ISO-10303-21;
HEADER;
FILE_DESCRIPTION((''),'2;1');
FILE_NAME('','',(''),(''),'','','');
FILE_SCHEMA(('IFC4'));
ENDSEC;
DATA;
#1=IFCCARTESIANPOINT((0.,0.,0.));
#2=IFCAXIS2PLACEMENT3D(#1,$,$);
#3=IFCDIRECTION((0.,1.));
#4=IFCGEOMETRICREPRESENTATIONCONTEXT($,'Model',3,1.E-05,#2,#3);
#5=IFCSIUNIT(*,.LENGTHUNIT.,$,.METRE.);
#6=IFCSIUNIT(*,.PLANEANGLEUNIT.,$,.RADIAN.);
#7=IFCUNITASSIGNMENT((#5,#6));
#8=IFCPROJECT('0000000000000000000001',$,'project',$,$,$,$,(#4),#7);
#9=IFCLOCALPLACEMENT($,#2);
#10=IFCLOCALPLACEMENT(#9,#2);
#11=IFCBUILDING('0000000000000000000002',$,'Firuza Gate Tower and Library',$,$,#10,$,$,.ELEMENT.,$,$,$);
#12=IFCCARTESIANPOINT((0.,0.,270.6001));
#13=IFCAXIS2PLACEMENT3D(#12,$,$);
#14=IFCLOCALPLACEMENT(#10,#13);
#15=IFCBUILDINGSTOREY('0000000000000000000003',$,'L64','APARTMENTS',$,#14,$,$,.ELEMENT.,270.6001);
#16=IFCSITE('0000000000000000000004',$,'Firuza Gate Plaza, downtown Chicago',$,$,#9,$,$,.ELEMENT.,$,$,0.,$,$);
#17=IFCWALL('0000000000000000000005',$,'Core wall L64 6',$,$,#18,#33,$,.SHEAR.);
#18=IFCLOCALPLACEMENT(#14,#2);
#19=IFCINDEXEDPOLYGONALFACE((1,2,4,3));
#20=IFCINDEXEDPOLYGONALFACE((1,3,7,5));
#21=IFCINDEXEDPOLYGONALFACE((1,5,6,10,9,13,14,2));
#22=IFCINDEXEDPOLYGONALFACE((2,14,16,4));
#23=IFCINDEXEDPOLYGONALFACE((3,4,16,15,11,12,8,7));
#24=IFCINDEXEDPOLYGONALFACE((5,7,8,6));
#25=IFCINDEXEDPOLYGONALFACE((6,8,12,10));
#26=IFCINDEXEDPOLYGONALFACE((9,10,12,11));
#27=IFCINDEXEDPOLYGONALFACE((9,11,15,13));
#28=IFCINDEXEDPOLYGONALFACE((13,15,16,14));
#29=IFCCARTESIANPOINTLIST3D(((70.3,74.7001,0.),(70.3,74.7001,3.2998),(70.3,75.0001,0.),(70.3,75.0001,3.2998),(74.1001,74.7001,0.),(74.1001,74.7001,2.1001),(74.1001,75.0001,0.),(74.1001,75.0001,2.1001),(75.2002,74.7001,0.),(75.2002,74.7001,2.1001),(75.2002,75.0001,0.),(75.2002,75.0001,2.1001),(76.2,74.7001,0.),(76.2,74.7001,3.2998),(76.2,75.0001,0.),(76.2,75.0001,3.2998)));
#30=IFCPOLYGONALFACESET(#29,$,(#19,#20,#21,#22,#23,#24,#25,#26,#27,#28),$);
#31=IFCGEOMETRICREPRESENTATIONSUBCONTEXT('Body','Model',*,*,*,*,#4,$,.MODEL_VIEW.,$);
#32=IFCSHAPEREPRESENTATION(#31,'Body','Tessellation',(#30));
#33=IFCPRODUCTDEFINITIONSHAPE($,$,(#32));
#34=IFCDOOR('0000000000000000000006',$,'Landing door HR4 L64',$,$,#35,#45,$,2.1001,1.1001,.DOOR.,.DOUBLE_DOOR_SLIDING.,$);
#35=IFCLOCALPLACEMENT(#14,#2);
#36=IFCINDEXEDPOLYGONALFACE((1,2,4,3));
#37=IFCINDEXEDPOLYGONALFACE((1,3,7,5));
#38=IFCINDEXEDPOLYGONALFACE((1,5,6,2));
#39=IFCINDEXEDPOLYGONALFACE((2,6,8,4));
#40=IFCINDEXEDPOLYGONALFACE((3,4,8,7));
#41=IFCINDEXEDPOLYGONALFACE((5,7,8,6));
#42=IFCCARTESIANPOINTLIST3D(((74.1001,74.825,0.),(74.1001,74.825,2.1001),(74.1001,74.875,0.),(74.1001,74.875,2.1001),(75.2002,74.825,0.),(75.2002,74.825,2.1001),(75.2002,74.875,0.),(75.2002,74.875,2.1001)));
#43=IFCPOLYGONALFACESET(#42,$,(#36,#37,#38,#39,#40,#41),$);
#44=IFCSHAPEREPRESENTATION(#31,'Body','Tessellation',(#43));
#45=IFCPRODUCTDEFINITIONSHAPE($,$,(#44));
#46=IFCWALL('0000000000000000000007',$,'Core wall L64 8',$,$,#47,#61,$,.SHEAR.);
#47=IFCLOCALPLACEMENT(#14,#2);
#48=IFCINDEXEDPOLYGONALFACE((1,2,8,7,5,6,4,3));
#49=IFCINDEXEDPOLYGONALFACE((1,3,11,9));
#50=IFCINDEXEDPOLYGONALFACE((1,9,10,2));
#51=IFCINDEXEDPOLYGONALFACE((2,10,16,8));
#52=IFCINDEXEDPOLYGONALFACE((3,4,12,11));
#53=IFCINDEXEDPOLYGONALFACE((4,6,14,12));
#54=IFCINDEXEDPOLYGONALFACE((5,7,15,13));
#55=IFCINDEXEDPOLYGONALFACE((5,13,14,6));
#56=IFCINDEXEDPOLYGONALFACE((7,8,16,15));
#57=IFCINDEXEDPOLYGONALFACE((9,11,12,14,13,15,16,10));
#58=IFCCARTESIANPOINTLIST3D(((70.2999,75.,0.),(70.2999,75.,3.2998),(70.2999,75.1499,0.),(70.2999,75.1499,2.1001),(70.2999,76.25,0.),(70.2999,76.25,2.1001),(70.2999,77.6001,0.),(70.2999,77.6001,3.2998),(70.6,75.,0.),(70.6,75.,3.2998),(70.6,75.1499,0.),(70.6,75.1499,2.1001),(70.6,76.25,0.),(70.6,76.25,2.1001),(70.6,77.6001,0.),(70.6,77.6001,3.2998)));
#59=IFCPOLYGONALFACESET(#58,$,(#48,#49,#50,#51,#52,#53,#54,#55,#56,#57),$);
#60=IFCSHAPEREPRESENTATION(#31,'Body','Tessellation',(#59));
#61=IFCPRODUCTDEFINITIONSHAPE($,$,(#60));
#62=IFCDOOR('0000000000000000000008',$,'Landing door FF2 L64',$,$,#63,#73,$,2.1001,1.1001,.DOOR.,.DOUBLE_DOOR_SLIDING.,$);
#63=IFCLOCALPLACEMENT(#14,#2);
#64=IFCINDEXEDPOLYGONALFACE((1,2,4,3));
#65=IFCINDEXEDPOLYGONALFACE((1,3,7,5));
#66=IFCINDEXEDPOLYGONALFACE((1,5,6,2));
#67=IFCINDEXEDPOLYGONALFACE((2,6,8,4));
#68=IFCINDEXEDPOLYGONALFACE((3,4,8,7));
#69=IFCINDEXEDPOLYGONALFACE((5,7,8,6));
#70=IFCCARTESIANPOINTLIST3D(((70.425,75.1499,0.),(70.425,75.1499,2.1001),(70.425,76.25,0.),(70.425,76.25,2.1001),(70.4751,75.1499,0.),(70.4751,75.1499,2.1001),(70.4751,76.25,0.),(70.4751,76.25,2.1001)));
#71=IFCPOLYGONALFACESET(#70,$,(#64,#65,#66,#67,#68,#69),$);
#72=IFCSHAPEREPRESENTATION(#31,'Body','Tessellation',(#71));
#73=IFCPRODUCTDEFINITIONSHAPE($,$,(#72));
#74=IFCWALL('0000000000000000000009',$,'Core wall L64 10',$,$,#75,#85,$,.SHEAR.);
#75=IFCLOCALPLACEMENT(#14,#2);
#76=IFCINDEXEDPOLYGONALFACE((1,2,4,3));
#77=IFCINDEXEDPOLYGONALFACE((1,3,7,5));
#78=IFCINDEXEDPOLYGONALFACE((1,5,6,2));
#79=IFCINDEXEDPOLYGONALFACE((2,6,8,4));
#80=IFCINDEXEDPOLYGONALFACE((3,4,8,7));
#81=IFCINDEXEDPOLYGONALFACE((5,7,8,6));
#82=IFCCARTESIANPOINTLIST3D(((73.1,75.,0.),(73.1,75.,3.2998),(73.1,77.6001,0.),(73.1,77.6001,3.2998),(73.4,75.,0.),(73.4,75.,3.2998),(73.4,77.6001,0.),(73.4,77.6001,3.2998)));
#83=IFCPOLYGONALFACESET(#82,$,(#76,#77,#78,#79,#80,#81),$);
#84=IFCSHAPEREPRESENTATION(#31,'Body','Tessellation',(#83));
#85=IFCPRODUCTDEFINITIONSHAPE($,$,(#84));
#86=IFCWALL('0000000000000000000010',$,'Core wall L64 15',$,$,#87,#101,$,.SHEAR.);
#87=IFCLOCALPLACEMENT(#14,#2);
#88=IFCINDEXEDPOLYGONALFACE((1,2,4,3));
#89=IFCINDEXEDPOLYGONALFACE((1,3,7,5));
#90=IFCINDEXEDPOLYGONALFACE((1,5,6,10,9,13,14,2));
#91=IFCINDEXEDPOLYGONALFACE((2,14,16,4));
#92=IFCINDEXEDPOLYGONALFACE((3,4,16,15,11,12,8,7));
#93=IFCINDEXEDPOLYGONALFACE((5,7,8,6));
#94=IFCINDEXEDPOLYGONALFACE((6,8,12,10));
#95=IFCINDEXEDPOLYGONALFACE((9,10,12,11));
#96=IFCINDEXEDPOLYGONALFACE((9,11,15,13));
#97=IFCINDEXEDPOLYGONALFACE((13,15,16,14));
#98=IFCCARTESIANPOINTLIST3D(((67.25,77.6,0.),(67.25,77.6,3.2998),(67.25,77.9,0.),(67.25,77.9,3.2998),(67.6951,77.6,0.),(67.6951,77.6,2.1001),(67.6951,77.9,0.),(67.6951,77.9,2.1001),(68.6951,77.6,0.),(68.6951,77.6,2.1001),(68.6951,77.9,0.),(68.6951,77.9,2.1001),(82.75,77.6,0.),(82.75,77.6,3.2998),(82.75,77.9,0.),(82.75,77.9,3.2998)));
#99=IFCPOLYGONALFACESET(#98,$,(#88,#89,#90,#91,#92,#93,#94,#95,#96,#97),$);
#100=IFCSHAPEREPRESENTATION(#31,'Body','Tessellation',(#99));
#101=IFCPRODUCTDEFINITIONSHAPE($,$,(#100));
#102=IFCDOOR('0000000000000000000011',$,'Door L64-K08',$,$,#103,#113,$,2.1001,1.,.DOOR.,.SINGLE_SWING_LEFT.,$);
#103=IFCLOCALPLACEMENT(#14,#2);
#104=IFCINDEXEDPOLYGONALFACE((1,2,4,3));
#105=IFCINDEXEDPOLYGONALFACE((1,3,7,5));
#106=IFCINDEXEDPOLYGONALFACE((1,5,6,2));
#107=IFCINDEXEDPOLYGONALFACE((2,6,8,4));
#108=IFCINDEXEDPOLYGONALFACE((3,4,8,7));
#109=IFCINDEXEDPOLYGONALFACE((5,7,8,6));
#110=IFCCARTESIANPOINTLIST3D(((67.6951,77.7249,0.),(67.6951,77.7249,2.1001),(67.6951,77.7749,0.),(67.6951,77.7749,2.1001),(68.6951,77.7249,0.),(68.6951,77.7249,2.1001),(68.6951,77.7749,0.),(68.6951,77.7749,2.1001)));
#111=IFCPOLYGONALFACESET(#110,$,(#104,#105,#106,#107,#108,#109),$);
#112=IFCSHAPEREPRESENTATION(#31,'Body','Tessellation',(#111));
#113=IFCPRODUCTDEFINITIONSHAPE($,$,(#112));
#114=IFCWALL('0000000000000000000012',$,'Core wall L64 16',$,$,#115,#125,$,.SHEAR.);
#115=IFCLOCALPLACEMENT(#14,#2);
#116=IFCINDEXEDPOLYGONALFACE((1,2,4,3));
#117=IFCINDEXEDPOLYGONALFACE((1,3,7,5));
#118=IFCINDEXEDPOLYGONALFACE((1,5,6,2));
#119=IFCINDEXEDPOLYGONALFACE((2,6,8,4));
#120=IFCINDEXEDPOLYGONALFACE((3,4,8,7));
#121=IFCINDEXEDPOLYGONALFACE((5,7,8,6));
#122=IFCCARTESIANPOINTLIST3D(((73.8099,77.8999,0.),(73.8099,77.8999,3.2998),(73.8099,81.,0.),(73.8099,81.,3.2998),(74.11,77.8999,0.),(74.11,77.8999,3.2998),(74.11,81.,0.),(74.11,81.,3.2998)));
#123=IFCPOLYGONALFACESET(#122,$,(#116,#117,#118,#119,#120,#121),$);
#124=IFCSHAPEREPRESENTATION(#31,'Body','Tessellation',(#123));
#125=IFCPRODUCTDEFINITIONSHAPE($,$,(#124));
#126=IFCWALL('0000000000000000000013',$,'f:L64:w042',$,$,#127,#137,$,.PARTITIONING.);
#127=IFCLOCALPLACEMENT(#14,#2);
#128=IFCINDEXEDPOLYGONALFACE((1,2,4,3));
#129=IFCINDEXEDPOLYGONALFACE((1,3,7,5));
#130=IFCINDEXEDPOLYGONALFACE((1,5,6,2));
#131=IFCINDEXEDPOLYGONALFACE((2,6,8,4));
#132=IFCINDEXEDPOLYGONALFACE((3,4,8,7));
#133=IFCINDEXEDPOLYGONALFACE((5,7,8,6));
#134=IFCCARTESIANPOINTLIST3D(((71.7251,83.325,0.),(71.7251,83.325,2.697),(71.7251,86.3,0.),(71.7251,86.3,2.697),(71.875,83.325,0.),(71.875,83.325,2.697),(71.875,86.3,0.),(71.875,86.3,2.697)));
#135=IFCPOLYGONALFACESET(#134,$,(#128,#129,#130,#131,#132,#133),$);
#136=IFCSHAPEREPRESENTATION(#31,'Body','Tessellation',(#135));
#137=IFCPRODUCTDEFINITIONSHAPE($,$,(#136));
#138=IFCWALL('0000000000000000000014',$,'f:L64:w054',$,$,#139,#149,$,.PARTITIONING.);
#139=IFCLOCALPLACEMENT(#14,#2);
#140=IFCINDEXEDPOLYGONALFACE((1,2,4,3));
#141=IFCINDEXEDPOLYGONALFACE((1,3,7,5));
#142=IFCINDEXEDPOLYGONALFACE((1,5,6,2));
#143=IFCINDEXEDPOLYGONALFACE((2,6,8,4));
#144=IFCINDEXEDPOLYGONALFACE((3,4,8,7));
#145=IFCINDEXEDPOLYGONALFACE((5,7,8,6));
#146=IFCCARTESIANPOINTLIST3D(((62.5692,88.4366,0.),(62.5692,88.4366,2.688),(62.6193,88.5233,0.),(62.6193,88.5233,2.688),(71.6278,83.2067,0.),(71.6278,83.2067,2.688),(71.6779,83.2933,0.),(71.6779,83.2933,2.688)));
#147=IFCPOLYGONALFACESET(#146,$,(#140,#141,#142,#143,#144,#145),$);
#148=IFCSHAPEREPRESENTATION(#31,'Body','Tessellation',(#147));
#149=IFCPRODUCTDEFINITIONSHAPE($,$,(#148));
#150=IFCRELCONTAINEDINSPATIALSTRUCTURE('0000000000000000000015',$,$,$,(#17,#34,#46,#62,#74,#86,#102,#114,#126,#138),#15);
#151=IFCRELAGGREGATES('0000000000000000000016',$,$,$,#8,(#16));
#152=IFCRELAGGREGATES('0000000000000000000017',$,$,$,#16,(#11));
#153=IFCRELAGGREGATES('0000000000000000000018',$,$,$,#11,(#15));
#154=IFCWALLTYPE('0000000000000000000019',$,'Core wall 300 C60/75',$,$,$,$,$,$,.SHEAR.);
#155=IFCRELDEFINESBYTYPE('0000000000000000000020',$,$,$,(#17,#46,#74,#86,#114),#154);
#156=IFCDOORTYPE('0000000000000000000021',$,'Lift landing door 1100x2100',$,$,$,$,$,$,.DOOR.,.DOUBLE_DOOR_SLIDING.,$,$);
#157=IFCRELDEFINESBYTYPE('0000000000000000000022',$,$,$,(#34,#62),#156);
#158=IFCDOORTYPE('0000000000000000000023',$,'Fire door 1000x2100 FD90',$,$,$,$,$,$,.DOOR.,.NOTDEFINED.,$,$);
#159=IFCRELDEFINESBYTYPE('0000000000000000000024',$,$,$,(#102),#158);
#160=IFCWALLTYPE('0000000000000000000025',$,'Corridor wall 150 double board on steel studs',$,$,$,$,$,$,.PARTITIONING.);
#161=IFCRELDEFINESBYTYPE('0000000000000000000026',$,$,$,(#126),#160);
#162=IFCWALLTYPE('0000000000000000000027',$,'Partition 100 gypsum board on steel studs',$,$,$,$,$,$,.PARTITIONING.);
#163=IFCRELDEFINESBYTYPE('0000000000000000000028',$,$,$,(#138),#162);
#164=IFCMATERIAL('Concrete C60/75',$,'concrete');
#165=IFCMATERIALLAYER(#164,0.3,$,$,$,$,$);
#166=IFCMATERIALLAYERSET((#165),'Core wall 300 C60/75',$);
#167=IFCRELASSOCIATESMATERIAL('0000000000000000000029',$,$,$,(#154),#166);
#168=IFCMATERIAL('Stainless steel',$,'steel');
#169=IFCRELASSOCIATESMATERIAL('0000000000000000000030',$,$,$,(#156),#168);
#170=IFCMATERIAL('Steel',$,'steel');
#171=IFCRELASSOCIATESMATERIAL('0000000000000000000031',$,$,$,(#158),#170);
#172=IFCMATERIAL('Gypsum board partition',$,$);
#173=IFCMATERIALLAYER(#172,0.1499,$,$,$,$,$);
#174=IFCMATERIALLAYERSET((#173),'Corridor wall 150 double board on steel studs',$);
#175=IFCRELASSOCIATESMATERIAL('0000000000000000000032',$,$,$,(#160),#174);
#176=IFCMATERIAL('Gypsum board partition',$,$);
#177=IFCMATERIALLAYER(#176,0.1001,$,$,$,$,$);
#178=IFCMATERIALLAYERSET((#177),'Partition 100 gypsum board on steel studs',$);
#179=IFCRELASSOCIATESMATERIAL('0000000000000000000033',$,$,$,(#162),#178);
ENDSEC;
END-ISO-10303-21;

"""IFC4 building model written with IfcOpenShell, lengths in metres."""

from ifc_helpers import new_model, si_unit, direction, frame, frame_2d, origin, place, context, subcontext, project, spatial, rectangle, extrude, material, layer, layer_set, type_object, element, fill, save


model = new_model("IFC4")

# Units and contexts
model_context = context("Model", 3, precision=1e-05, world=origin(), true_north=direction((0.0, 1.0)))
body_context = subcontext(model_context, "Body", "Model", "MODEL_VIEW")
ifc_project = project(units=[si_unit("LENGTHUNIT", "METRE"), si_unit("PLANEANGLEUNIT", "RADIAN")], contexts=[model_context])

# Site, building, storey
site_placement = place(None, origin())
site = spatial("IfcSite", under=ifc_project, at=site_placement, Name="Firuza Gate Plaza, downtown Chicago", CompositionType="ELEMENT", RefElevation=0.0)
building_placement = place(site_placement, origin())
building = spatial("IfcBuilding", under=site, at=building_placement, Name="Firuza Gate Tower and Library", CompositionType="ELEMENT")
storey_placement = place(building_placement, frame((0.0, 0.0, 270.6001)))
storey = spatial("IfcBuildingStorey", under=building, at=storey_placement, Name="L64", Description="APARTMENTS", CompositionType="ELEMENT", Elevation=270.6001)

# Shared definitions
ifc_material_1 = material(Name="Concrete C60/75", Category="concrete")
ifc_layer_1 = layer(ifc_material_1, 0.3)
ifc_layer_set_1 = layer_set([ifc_layer_1], Name="Core wall 300 C60/75")
wall_type_1 = type_object("IfcWallType", Name="Core wall 300 C60/75", PredefinedType="SHEAR", material=ifc_layer_set_1)
ifc_material_2 = material(Name="Stainless steel", Category="steel")
door_type_1 = type_object("IfcDoorType", Name="Lift landing door 1100x2100", OperationType="DOUBLE_DOOR_SLIDING", PredefinedType="DOOR", material=ifc_material_2)

# Walls, openings, doors
wall_1_placement = place(storey_placement, frame((70.3, 74.8501, 0.0), z_axis=(0.0, 0.0, 1.0), x_axis=(1.0, 0.0, 0.0)))
wall_1 = element("IfcWall", 1, at=wall_1_placement, inside=storey, type_object=wall_type_1, Name="Core wall L64 6", PredefinedType="SHEAR", context=body_context, shape_type="SweptSolid", body=[
    extrude(rectangle(XDim=5.8999, YDim=0.3, at=frame_2d((2.95, 0.0))), origin(), (0.0, 0.0, 1.0), 3.2998),
])
opening_1_placement = place(wall_1_placement, frame((3.8, 0.0, 0.0)))
opening_1 = element("IfcOpeningElement", 2, at=opening_1_placement, cuts=wall_1, PredefinedType="OPENING", context=body_context, shape_type="SweptSolid", body=[
    extrude(rectangle(XDim=1.1001, YDim=2.1001, at=frame_2d((0.55, 1.05))), frame((0.0, 0.1602, 0.0), z_axis=(0.0, -1.0, 0.0), x_axis=(1.0, 0.0, 0.0)), (0.0, 0.0, 1.0), 0.3201),
])
door_1_placement = place(opening_1_placement, origin())
door_1 = element("IfcDoor", 3, at=door_1_placement, inside=storey, type_object=door_type_1, Name="Landing door HR4 L64", OperationType="DOUBLE_DOOR_SLIDING", OverallHeight=2.1001, OverallWidth=1.1001, PredefinedType="DOOR", context=body_context, shape_type="SweptSolid", body=[
    extrude(rectangle(XDim=1.1001, YDim=2.1001, at=frame_2d((0.55, 1.05))), frame((0.0, 0.0249, 0.0), z_axis=(0.0, -1.0, 0.0), x_axis=(1.0, 0.0, 0.0)), (0.0, 0.0, 1.0), 0.05),
])
fill(opening_1, door_1)
wall_2_placement = place(storey_placement, frame((70.45, 75.0, 0.0), z_axis=(0.0, 0.0, 1.0), x_axis=(0.0, 1.0, 0.0)))
wall_2 = element("IfcWall", 4, at=wall_2_placement, inside=storey, type_object=wall_type_1, Name="Core wall L64 8", PredefinedType="SHEAR", context=body_context, shape_type="SweptSolid", body=[
    extrude(rectangle(XDim=2.6001, YDim=0.3, at=frame_2d((1.3, 0.0))), origin(), (0.0, 0.0, 1.0), 3.2998),
])
opening_2_placement = place(wall_2_placement, frame((0.1499, 0.0, 0.0)))
opening_2 = element("IfcOpeningElement", 5, at=opening_2_placement, cuts=wall_2, PredefinedType="OPENING", context=body_context, shape_type="SweptSolid", body=[
    extrude(rectangle(XDim=1.1001, YDim=2.1001, at=frame_2d((0.55, 1.05))), frame((0.0, 0.1602, 0.0), z_axis=(0.0, -1.0, 0.0), x_axis=(1.0, 0.0, 0.0)), (0.0, 0.0, 1.0), 0.3201),
])
door_2_placement = place(opening_2_placement, origin())
door_2 = element("IfcDoor", 6, at=door_2_placement, inside=storey, type_object=door_type_1, Name="Landing door FF2 L64", OperationType="DOUBLE_DOOR_SLIDING", OverallHeight=2.1001, OverallWidth=1.1001, PredefinedType="DOOR", context=body_context, shape_type="SweptSolid", body=[
    extrude(rectangle(XDim=1.1001, YDim=2.1001, at=frame_2d((0.55, 1.05))), frame((0.0, 0.0249, 0.0), z_axis=(0.0, -1.0, 0.0), x_axis=(1.0, 0.0, 0.0)), (0.0, 0.0, 1.0), 0.05),
])
fill(opening_2, door_2)

# Wall
wall_3_placement = place(storey_placement, frame((73.25, 75.0, 0.0), z_axis=(0.0, 0.0, 1.0), x_axis=(0.0, 1.0, 0.0)))
element("IfcWall", 7, at=wall_3_placement, inside=storey, type_object=wall_type_1, Name="Core wall L64 10", PredefinedType="SHEAR", context=body_context, shape_type="SweptSolid", body=[
    extrude(rectangle(XDim=2.6001, YDim=0.3, at=frame_2d((1.3, 0.0))), origin(), (0.0, 0.0, 1.0), 3.2998),
])

# Wall, opening, door
wall_4_placement = place(storey_placement, frame((67.25, 77.75, 0.0), z_axis=(0.0, 0.0, 1.0), x_axis=(1.0, 0.0, 0.0)))
wall_4 = element("IfcWall", 8, at=wall_4_placement, inside=storey, type_object=wall_type_1, Name="Core wall L64 15", PredefinedType="SHEAR", context=body_context, shape_type="SweptSolid", body=[
    extrude(rectangle(XDim=15.5, YDim=0.3, at=frame_2d((7.75, 0.0))), origin(), (0.0, 0.0, 1.0), 3.2998),
])
opening_3_placement = place(wall_4_placement, frame((0.4451, 0.0, 0.0)))
opening_3 = element("IfcOpeningElement", 9, at=opening_3_placement, cuts=wall_4, PredefinedType="OPENING", context=body_context, shape_type="SweptSolid", body=[
    extrude(rectangle(XDim=1.0, YDim=2.1001, at=frame_2d((0.5, 1.05))), frame((0.0, 0.1602, 0.0), z_axis=(0.0, -1.0, 0.0), x_axis=(1.0, 0.0, 0.0)), (0.0, 0.0, 1.0), 0.3201),
])
ifc_material_3 = material(Name="Steel", Category="steel")
door_type_2 = type_object("IfcDoorType", Name="Fire door 1000x2100 FD90", OperationType="NOTDEFINED", PredefinedType="DOOR", material=ifc_material_3)
door_3_placement = place(opening_3_placement, origin())
door_3 = element("IfcDoor", 10, at=door_3_placement, inside=storey, type_object=door_type_2, Name="Door L64-K08", OperationType="SINGLE_SWING_LEFT", OverallHeight=2.1001, OverallWidth=1.0, PredefinedType="DOOR", context=body_context, shape_type="SweptSolid", body=[
    extrude(rectangle(XDim=1.0, YDim=2.1001, at=frame_2d((0.5, 1.05))), frame((0.0, 0.0249, 0.0), z_axis=(0.0, -1.0, 0.0), x_axis=(1.0, 0.0, 0.0)), (0.0, 0.0, 1.0), 0.05),
])
fill(opening_3, door_3)

# Walls
wall_5_placement = place(storey_placement, frame((73.96, 77.8999, 0.0), z_axis=(0.0, 0.0, 1.0), x_axis=(0.0, 1.0, 0.0)))
element("IfcWall", 11, at=wall_5_placement, inside=storey, type_object=wall_type_1, Name="Core wall L64 16", PredefinedType="SHEAR", context=body_context, shape_type="SweptSolid", body=[
    extrude(rectangle(XDim=3.1001, YDim=0.3, at=frame_2d((1.55, 0.0))), origin(), (0.0, 0.0, 1.0), 3.2998),
])
ifc_material_4 = material(Name="Gypsum board partition")
ifc_layer_2 = layer(ifc_material_4, 0.1499)
ifc_layer_set_2 = layer_set([ifc_layer_2], Name="Corridor wall 150 double board on steel studs")
wall_type_2 = type_object("IfcWallType", Name="Corridor wall 150 double board on steel studs", PredefinedType="PARTITIONING", material=ifc_layer_set_2)
wall_6_placement = place(storey_placement, frame((71.8, 83.325, 0.0), z_axis=(0.0, 0.0, 1.0), x_axis=(0.0, 1.0, 0.0)))
element("IfcWall", 12, at=wall_6_placement, inside=storey, type_object=wall_type_2, Name="f:L64:w042", PredefinedType="PARTITIONING", context=body_context, shape_type="SweptSolid", body=[
    extrude(rectangle(XDim=2.9751, YDim=0.1499, at=frame_2d((1.4875, 0.0))), origin(), (0.0, 0.0, 1.0), 2.697),
])
ifc_material_5 = material(Name="Gypsum board partition")
ifc_layer_3 = layer(ifc_material_5, 0.1001)
ifc_layer_set_3 = layer_set([ifc_layer_3], Name="Partition 100 gypsum board on steel studs")
wall_type_3 = type_object("IfcWallType", Name="Partition 100 gypsum board on steel studs", PredefinedType="PARTITIONING", material=ifc_layer_set_3)
wall_7_placement = place(storey_placement, frame((71.6528, 83.25, 0.0), z_axis=(0.0, 0.0, 1.0), x_axis=(-0.866025, 0.5, 0.0)))
element("IfcWall", 13, at=wall_7_placement, inside=storey, type_object=wall_type_3, Name="f:L64:w054", PredefinedType="PARTITIONING", context=body_context, shape_type="SweptSolid", body=[
    extrude(rectangle(XDim=10.46, YDim=0.1001, at=frame_2d((5.23, 0.0))), origin(), (0.0, 0.0, 1.0), 2.688),
])

save(model, "model.ifc")
